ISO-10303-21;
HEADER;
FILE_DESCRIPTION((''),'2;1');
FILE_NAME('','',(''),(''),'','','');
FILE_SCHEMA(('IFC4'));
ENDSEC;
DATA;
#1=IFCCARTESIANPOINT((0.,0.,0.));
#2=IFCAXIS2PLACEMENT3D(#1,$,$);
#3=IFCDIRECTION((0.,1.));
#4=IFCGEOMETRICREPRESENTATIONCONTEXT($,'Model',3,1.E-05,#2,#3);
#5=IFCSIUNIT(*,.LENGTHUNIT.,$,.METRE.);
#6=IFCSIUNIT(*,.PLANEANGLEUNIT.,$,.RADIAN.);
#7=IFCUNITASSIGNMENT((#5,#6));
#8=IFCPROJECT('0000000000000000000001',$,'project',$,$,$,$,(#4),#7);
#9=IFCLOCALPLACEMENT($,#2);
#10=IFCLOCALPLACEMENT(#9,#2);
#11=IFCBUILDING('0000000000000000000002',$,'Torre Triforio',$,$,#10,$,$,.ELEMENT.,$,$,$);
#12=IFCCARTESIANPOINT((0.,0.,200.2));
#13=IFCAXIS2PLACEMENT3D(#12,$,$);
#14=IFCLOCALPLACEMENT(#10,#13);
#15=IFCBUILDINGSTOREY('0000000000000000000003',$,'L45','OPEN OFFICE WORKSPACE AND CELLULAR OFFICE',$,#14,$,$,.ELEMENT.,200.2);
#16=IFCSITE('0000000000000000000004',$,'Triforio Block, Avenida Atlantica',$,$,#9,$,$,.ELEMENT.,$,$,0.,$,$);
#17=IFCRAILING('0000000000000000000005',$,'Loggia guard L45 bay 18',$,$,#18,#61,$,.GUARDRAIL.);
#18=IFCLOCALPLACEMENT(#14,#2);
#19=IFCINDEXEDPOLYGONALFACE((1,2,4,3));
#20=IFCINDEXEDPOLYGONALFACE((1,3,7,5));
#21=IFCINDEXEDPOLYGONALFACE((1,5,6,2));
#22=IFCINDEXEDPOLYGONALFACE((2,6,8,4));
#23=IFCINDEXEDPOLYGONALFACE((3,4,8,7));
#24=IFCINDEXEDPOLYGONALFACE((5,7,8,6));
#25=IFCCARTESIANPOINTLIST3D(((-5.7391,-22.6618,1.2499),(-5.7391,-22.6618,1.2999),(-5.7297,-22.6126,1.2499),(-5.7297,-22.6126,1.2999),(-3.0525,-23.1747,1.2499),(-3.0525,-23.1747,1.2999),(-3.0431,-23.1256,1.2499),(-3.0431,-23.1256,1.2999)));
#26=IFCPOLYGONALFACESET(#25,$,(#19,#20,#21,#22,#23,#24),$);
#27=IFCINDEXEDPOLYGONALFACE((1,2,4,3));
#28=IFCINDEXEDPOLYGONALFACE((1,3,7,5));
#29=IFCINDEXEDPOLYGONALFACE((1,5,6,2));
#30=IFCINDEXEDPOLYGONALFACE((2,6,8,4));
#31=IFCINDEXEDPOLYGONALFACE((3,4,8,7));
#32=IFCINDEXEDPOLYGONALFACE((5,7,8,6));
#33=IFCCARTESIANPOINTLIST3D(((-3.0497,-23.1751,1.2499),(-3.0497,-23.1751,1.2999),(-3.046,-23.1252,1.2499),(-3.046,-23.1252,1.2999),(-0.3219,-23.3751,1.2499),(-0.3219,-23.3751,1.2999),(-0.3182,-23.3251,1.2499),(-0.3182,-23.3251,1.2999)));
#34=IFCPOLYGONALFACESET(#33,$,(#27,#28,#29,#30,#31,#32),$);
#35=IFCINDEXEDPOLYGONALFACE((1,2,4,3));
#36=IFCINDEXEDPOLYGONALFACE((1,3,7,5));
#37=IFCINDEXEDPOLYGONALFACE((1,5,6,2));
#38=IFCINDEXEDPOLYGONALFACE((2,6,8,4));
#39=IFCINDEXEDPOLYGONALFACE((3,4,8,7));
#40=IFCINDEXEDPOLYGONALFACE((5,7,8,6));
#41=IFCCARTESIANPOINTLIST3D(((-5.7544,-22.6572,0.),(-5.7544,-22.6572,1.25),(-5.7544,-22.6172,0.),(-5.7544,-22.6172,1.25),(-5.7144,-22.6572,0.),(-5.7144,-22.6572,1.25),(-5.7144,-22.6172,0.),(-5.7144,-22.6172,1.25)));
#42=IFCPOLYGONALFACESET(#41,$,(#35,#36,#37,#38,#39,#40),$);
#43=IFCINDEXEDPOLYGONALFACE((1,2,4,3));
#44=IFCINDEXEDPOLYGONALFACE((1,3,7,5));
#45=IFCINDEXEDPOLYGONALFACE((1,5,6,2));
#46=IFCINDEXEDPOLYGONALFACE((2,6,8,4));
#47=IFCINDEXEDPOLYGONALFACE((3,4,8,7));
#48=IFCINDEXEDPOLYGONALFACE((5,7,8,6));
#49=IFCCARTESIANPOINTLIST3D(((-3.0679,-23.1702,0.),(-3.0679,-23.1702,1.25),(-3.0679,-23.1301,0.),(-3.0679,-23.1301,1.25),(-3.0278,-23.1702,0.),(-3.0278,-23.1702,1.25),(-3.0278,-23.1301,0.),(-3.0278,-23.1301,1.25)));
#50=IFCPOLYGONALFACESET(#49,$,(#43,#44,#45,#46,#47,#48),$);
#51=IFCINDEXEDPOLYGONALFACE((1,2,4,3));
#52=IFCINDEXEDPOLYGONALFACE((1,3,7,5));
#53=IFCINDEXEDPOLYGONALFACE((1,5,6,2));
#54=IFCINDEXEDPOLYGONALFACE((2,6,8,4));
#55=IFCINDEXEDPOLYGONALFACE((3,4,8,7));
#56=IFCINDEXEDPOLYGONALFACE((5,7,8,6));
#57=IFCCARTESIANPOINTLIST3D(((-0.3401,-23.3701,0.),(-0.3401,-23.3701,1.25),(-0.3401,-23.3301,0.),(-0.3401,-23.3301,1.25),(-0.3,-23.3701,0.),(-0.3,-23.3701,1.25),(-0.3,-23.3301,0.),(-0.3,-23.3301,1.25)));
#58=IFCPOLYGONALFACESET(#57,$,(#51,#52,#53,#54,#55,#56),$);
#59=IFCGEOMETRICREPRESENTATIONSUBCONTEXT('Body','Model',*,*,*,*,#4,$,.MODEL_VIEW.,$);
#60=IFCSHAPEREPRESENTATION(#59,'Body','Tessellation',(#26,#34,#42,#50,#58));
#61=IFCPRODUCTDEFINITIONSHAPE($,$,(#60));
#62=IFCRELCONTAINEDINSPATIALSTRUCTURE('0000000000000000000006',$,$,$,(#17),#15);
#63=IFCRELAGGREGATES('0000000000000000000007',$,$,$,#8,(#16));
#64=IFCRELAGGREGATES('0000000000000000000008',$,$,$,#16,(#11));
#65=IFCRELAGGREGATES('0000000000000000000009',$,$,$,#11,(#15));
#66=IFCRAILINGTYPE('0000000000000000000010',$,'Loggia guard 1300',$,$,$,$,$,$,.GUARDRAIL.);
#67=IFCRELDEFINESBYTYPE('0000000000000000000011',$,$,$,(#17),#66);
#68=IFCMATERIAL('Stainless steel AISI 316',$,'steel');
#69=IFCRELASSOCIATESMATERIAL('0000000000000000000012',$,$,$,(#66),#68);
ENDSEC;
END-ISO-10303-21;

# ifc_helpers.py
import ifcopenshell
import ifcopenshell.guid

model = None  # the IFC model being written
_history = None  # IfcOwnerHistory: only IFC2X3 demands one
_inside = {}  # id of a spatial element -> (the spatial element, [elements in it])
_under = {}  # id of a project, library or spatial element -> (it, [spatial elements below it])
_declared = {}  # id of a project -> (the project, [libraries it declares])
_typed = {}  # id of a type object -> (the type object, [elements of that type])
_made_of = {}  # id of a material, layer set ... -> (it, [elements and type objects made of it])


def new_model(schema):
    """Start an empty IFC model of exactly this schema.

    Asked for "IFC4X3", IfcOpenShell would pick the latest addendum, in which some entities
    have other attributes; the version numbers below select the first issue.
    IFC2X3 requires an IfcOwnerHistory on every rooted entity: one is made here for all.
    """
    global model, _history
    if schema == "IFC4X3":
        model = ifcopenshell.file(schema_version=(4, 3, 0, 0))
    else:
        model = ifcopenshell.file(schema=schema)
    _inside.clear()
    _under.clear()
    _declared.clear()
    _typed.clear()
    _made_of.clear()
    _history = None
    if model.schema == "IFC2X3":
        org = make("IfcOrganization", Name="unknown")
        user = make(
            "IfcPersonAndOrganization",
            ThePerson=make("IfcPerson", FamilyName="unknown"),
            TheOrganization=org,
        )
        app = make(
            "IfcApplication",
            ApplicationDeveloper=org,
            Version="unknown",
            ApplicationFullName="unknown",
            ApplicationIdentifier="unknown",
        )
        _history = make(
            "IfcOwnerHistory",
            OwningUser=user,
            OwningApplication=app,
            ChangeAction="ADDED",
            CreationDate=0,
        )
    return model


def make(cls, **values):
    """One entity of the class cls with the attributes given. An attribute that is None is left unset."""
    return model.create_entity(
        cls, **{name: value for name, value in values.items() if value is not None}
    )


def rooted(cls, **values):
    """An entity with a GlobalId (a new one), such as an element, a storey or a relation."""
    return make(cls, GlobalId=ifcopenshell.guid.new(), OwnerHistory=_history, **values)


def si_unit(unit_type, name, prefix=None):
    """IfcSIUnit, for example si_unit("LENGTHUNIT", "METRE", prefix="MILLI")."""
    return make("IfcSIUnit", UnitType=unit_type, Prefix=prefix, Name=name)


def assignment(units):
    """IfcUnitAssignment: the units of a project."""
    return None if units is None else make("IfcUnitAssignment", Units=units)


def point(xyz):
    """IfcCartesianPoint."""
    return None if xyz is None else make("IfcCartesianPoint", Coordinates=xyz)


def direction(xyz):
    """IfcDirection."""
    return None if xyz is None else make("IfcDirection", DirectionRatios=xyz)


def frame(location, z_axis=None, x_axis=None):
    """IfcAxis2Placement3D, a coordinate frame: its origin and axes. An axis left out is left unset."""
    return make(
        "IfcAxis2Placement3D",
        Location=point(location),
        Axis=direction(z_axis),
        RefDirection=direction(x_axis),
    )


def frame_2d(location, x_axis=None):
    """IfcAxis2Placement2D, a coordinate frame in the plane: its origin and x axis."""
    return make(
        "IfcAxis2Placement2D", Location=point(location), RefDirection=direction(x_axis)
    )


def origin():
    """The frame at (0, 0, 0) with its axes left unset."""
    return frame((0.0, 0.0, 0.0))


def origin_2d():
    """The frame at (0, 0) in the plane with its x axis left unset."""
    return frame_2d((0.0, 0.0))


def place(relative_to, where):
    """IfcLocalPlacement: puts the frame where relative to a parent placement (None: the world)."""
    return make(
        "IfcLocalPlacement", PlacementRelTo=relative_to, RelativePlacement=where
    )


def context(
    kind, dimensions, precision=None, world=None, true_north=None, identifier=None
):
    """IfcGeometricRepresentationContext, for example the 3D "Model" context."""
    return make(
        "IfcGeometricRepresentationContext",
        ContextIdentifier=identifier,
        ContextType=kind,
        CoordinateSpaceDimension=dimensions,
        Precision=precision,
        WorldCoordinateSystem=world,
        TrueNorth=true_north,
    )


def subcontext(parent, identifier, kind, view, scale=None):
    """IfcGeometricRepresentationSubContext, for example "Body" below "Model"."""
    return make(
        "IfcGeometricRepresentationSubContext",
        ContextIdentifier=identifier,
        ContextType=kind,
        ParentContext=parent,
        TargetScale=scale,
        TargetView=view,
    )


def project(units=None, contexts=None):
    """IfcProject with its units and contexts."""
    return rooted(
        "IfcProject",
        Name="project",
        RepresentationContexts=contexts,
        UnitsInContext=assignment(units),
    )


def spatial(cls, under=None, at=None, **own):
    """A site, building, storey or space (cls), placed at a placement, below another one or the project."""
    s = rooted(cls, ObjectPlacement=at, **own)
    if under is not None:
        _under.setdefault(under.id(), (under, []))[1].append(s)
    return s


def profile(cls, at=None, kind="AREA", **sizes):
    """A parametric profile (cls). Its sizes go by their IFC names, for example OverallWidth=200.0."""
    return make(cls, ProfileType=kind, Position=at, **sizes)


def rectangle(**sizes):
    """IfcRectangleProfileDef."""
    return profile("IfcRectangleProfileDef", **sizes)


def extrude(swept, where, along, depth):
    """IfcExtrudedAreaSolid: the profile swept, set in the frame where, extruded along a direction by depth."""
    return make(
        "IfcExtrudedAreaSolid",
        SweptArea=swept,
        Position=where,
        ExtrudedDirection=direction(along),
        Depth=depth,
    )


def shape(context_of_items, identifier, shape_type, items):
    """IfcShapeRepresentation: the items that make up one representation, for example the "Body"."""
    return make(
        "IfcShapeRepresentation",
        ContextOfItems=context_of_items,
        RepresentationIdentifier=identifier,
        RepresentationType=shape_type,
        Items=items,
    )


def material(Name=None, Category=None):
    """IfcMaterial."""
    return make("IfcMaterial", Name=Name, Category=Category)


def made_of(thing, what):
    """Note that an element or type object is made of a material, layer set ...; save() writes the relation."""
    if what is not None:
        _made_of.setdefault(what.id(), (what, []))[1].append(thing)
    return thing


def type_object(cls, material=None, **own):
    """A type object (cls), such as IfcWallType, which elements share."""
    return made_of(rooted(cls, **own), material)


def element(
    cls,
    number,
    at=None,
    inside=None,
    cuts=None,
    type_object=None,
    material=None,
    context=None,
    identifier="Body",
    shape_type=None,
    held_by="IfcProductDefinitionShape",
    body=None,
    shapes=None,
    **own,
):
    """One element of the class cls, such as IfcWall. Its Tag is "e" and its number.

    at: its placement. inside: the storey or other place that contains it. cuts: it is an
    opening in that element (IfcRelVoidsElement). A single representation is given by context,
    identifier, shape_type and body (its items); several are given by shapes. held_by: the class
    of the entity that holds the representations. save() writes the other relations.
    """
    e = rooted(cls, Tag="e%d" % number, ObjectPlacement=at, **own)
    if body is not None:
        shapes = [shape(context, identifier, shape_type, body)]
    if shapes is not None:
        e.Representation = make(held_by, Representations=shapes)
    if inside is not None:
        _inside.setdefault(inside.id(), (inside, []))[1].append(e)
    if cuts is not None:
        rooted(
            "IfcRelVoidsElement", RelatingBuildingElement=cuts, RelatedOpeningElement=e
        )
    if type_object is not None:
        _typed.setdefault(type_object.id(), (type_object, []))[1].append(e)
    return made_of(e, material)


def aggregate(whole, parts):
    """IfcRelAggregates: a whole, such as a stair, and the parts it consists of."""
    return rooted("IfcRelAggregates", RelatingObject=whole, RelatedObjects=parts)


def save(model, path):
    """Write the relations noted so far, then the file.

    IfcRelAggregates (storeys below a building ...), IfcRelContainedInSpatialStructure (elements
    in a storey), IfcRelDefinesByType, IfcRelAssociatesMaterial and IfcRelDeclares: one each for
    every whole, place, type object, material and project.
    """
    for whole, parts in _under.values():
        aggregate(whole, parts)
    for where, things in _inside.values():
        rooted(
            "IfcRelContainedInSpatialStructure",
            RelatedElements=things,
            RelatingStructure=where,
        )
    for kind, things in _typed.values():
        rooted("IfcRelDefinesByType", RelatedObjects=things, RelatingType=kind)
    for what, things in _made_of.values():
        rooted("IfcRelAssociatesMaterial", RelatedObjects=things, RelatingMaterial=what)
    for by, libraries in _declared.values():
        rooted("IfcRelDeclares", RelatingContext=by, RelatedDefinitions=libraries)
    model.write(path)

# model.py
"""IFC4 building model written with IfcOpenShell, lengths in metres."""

from ifc_helpers import new_model, si_unit, direction, frame, origin, origin_2d, place, context, subcontext, project, spatial, rectangle, extrude, material, type_object, element, save


model = new_model("IFC4")

# Units and contexts
model_context = context("Model", 3, precision=1e-05, world=origin(), true_north=direction((0.0, 1.0)))
body_context = subcontext(model_context, "Body", "Model", "MODEL_VIEW")
ifc_project = project(units=[si_unit("LENGTHUNIT", "METRE"), si_unit("PLANEANGLEUNIT", "RADIAN")], contexts=[model_context])

# Site, building, storey
site_placement = place(None, origin())
site = spatial("IfcSite", under=ifc_project, at=site_placement, Name="Triforio Block, Avenida Atlantica", CompositionType="ELEMENT", RefElevation=0.0)
building_placement = place(site_placement, origin())
building = spatial("IfcBuilding", under=site, at=building_placement, Name="Torre Triforio", CompositionType="ELEMENT")
storey_placement = place(building_placement, frame((0.0, 0.0, 200.2)))
storey = spatial("IfcBuildingStorey", under=building, at=storey_placement, Name="L45", Description="OPEN OFFICE WORKSPACE AND CELLULAR OFFICE", CompositionType="ELEMENT", Elevation=200.2)

# Railing
ifc_material_1 = material(Name="Stainless steel AISI 316", Category="steel")
railing_type = type_object("IfcRailingType", Name="Loggia guard 1300", PredefinedType="GUARDRAIL", material=ifc_material_1)
railing_placement = place(storey_placement, frame((-5.7344, -22.6372, 0.0)))
element("IfcRailing", 1, at=railing_placement, inside=storey, type_object=railing_type, Name="Loggia guard L45 bay 18", PredefinedType="GUARDRAIL", context=body_context, shape_type="SweptSolid", body=[
    extrude(rectangle(XDim=0.05, YDim=0.05, at=origin_2d()), frame((0.0, 0.0, 1.2749), z_axis=(0.982256, -0.187543, 0.0), x_axis=(0.187543, 0.982256, 0.0)), (0.0, 0.0, 1.0), 2.7351),
    extrude(rectangle(XDim=0.05, YDim=0.05, at=origin_2d()), frame((2.6865, -0.5129, 1.2749), z_axis=(0.997324, -0.073106, 0.0), x_axis=(0.073106, 0.997324, 0.0)), (0.0, 0.0, 1.0), 2.7351),
    extrude(rectangle(XDim=0.04, YDim=0.04, at=origin_2d()), origin(), (0.0, 0.0, 1.0), 1.25),
    extrude(rectangle(XDim=0.04, YDim=0.04, at=origin_2d()), frame((2.6865, -0.5129, 0.0)), (0.0, 0.0, 1.0), 1.25),
    extrude(rectangle(XDim=0.04, YDim=0.04, at=origin_2d()), frame((5.4143, -0.7129, 0.0)), (0.0, 0.0, 1.0), 1.25),
])

save(model, "model.ifc")
